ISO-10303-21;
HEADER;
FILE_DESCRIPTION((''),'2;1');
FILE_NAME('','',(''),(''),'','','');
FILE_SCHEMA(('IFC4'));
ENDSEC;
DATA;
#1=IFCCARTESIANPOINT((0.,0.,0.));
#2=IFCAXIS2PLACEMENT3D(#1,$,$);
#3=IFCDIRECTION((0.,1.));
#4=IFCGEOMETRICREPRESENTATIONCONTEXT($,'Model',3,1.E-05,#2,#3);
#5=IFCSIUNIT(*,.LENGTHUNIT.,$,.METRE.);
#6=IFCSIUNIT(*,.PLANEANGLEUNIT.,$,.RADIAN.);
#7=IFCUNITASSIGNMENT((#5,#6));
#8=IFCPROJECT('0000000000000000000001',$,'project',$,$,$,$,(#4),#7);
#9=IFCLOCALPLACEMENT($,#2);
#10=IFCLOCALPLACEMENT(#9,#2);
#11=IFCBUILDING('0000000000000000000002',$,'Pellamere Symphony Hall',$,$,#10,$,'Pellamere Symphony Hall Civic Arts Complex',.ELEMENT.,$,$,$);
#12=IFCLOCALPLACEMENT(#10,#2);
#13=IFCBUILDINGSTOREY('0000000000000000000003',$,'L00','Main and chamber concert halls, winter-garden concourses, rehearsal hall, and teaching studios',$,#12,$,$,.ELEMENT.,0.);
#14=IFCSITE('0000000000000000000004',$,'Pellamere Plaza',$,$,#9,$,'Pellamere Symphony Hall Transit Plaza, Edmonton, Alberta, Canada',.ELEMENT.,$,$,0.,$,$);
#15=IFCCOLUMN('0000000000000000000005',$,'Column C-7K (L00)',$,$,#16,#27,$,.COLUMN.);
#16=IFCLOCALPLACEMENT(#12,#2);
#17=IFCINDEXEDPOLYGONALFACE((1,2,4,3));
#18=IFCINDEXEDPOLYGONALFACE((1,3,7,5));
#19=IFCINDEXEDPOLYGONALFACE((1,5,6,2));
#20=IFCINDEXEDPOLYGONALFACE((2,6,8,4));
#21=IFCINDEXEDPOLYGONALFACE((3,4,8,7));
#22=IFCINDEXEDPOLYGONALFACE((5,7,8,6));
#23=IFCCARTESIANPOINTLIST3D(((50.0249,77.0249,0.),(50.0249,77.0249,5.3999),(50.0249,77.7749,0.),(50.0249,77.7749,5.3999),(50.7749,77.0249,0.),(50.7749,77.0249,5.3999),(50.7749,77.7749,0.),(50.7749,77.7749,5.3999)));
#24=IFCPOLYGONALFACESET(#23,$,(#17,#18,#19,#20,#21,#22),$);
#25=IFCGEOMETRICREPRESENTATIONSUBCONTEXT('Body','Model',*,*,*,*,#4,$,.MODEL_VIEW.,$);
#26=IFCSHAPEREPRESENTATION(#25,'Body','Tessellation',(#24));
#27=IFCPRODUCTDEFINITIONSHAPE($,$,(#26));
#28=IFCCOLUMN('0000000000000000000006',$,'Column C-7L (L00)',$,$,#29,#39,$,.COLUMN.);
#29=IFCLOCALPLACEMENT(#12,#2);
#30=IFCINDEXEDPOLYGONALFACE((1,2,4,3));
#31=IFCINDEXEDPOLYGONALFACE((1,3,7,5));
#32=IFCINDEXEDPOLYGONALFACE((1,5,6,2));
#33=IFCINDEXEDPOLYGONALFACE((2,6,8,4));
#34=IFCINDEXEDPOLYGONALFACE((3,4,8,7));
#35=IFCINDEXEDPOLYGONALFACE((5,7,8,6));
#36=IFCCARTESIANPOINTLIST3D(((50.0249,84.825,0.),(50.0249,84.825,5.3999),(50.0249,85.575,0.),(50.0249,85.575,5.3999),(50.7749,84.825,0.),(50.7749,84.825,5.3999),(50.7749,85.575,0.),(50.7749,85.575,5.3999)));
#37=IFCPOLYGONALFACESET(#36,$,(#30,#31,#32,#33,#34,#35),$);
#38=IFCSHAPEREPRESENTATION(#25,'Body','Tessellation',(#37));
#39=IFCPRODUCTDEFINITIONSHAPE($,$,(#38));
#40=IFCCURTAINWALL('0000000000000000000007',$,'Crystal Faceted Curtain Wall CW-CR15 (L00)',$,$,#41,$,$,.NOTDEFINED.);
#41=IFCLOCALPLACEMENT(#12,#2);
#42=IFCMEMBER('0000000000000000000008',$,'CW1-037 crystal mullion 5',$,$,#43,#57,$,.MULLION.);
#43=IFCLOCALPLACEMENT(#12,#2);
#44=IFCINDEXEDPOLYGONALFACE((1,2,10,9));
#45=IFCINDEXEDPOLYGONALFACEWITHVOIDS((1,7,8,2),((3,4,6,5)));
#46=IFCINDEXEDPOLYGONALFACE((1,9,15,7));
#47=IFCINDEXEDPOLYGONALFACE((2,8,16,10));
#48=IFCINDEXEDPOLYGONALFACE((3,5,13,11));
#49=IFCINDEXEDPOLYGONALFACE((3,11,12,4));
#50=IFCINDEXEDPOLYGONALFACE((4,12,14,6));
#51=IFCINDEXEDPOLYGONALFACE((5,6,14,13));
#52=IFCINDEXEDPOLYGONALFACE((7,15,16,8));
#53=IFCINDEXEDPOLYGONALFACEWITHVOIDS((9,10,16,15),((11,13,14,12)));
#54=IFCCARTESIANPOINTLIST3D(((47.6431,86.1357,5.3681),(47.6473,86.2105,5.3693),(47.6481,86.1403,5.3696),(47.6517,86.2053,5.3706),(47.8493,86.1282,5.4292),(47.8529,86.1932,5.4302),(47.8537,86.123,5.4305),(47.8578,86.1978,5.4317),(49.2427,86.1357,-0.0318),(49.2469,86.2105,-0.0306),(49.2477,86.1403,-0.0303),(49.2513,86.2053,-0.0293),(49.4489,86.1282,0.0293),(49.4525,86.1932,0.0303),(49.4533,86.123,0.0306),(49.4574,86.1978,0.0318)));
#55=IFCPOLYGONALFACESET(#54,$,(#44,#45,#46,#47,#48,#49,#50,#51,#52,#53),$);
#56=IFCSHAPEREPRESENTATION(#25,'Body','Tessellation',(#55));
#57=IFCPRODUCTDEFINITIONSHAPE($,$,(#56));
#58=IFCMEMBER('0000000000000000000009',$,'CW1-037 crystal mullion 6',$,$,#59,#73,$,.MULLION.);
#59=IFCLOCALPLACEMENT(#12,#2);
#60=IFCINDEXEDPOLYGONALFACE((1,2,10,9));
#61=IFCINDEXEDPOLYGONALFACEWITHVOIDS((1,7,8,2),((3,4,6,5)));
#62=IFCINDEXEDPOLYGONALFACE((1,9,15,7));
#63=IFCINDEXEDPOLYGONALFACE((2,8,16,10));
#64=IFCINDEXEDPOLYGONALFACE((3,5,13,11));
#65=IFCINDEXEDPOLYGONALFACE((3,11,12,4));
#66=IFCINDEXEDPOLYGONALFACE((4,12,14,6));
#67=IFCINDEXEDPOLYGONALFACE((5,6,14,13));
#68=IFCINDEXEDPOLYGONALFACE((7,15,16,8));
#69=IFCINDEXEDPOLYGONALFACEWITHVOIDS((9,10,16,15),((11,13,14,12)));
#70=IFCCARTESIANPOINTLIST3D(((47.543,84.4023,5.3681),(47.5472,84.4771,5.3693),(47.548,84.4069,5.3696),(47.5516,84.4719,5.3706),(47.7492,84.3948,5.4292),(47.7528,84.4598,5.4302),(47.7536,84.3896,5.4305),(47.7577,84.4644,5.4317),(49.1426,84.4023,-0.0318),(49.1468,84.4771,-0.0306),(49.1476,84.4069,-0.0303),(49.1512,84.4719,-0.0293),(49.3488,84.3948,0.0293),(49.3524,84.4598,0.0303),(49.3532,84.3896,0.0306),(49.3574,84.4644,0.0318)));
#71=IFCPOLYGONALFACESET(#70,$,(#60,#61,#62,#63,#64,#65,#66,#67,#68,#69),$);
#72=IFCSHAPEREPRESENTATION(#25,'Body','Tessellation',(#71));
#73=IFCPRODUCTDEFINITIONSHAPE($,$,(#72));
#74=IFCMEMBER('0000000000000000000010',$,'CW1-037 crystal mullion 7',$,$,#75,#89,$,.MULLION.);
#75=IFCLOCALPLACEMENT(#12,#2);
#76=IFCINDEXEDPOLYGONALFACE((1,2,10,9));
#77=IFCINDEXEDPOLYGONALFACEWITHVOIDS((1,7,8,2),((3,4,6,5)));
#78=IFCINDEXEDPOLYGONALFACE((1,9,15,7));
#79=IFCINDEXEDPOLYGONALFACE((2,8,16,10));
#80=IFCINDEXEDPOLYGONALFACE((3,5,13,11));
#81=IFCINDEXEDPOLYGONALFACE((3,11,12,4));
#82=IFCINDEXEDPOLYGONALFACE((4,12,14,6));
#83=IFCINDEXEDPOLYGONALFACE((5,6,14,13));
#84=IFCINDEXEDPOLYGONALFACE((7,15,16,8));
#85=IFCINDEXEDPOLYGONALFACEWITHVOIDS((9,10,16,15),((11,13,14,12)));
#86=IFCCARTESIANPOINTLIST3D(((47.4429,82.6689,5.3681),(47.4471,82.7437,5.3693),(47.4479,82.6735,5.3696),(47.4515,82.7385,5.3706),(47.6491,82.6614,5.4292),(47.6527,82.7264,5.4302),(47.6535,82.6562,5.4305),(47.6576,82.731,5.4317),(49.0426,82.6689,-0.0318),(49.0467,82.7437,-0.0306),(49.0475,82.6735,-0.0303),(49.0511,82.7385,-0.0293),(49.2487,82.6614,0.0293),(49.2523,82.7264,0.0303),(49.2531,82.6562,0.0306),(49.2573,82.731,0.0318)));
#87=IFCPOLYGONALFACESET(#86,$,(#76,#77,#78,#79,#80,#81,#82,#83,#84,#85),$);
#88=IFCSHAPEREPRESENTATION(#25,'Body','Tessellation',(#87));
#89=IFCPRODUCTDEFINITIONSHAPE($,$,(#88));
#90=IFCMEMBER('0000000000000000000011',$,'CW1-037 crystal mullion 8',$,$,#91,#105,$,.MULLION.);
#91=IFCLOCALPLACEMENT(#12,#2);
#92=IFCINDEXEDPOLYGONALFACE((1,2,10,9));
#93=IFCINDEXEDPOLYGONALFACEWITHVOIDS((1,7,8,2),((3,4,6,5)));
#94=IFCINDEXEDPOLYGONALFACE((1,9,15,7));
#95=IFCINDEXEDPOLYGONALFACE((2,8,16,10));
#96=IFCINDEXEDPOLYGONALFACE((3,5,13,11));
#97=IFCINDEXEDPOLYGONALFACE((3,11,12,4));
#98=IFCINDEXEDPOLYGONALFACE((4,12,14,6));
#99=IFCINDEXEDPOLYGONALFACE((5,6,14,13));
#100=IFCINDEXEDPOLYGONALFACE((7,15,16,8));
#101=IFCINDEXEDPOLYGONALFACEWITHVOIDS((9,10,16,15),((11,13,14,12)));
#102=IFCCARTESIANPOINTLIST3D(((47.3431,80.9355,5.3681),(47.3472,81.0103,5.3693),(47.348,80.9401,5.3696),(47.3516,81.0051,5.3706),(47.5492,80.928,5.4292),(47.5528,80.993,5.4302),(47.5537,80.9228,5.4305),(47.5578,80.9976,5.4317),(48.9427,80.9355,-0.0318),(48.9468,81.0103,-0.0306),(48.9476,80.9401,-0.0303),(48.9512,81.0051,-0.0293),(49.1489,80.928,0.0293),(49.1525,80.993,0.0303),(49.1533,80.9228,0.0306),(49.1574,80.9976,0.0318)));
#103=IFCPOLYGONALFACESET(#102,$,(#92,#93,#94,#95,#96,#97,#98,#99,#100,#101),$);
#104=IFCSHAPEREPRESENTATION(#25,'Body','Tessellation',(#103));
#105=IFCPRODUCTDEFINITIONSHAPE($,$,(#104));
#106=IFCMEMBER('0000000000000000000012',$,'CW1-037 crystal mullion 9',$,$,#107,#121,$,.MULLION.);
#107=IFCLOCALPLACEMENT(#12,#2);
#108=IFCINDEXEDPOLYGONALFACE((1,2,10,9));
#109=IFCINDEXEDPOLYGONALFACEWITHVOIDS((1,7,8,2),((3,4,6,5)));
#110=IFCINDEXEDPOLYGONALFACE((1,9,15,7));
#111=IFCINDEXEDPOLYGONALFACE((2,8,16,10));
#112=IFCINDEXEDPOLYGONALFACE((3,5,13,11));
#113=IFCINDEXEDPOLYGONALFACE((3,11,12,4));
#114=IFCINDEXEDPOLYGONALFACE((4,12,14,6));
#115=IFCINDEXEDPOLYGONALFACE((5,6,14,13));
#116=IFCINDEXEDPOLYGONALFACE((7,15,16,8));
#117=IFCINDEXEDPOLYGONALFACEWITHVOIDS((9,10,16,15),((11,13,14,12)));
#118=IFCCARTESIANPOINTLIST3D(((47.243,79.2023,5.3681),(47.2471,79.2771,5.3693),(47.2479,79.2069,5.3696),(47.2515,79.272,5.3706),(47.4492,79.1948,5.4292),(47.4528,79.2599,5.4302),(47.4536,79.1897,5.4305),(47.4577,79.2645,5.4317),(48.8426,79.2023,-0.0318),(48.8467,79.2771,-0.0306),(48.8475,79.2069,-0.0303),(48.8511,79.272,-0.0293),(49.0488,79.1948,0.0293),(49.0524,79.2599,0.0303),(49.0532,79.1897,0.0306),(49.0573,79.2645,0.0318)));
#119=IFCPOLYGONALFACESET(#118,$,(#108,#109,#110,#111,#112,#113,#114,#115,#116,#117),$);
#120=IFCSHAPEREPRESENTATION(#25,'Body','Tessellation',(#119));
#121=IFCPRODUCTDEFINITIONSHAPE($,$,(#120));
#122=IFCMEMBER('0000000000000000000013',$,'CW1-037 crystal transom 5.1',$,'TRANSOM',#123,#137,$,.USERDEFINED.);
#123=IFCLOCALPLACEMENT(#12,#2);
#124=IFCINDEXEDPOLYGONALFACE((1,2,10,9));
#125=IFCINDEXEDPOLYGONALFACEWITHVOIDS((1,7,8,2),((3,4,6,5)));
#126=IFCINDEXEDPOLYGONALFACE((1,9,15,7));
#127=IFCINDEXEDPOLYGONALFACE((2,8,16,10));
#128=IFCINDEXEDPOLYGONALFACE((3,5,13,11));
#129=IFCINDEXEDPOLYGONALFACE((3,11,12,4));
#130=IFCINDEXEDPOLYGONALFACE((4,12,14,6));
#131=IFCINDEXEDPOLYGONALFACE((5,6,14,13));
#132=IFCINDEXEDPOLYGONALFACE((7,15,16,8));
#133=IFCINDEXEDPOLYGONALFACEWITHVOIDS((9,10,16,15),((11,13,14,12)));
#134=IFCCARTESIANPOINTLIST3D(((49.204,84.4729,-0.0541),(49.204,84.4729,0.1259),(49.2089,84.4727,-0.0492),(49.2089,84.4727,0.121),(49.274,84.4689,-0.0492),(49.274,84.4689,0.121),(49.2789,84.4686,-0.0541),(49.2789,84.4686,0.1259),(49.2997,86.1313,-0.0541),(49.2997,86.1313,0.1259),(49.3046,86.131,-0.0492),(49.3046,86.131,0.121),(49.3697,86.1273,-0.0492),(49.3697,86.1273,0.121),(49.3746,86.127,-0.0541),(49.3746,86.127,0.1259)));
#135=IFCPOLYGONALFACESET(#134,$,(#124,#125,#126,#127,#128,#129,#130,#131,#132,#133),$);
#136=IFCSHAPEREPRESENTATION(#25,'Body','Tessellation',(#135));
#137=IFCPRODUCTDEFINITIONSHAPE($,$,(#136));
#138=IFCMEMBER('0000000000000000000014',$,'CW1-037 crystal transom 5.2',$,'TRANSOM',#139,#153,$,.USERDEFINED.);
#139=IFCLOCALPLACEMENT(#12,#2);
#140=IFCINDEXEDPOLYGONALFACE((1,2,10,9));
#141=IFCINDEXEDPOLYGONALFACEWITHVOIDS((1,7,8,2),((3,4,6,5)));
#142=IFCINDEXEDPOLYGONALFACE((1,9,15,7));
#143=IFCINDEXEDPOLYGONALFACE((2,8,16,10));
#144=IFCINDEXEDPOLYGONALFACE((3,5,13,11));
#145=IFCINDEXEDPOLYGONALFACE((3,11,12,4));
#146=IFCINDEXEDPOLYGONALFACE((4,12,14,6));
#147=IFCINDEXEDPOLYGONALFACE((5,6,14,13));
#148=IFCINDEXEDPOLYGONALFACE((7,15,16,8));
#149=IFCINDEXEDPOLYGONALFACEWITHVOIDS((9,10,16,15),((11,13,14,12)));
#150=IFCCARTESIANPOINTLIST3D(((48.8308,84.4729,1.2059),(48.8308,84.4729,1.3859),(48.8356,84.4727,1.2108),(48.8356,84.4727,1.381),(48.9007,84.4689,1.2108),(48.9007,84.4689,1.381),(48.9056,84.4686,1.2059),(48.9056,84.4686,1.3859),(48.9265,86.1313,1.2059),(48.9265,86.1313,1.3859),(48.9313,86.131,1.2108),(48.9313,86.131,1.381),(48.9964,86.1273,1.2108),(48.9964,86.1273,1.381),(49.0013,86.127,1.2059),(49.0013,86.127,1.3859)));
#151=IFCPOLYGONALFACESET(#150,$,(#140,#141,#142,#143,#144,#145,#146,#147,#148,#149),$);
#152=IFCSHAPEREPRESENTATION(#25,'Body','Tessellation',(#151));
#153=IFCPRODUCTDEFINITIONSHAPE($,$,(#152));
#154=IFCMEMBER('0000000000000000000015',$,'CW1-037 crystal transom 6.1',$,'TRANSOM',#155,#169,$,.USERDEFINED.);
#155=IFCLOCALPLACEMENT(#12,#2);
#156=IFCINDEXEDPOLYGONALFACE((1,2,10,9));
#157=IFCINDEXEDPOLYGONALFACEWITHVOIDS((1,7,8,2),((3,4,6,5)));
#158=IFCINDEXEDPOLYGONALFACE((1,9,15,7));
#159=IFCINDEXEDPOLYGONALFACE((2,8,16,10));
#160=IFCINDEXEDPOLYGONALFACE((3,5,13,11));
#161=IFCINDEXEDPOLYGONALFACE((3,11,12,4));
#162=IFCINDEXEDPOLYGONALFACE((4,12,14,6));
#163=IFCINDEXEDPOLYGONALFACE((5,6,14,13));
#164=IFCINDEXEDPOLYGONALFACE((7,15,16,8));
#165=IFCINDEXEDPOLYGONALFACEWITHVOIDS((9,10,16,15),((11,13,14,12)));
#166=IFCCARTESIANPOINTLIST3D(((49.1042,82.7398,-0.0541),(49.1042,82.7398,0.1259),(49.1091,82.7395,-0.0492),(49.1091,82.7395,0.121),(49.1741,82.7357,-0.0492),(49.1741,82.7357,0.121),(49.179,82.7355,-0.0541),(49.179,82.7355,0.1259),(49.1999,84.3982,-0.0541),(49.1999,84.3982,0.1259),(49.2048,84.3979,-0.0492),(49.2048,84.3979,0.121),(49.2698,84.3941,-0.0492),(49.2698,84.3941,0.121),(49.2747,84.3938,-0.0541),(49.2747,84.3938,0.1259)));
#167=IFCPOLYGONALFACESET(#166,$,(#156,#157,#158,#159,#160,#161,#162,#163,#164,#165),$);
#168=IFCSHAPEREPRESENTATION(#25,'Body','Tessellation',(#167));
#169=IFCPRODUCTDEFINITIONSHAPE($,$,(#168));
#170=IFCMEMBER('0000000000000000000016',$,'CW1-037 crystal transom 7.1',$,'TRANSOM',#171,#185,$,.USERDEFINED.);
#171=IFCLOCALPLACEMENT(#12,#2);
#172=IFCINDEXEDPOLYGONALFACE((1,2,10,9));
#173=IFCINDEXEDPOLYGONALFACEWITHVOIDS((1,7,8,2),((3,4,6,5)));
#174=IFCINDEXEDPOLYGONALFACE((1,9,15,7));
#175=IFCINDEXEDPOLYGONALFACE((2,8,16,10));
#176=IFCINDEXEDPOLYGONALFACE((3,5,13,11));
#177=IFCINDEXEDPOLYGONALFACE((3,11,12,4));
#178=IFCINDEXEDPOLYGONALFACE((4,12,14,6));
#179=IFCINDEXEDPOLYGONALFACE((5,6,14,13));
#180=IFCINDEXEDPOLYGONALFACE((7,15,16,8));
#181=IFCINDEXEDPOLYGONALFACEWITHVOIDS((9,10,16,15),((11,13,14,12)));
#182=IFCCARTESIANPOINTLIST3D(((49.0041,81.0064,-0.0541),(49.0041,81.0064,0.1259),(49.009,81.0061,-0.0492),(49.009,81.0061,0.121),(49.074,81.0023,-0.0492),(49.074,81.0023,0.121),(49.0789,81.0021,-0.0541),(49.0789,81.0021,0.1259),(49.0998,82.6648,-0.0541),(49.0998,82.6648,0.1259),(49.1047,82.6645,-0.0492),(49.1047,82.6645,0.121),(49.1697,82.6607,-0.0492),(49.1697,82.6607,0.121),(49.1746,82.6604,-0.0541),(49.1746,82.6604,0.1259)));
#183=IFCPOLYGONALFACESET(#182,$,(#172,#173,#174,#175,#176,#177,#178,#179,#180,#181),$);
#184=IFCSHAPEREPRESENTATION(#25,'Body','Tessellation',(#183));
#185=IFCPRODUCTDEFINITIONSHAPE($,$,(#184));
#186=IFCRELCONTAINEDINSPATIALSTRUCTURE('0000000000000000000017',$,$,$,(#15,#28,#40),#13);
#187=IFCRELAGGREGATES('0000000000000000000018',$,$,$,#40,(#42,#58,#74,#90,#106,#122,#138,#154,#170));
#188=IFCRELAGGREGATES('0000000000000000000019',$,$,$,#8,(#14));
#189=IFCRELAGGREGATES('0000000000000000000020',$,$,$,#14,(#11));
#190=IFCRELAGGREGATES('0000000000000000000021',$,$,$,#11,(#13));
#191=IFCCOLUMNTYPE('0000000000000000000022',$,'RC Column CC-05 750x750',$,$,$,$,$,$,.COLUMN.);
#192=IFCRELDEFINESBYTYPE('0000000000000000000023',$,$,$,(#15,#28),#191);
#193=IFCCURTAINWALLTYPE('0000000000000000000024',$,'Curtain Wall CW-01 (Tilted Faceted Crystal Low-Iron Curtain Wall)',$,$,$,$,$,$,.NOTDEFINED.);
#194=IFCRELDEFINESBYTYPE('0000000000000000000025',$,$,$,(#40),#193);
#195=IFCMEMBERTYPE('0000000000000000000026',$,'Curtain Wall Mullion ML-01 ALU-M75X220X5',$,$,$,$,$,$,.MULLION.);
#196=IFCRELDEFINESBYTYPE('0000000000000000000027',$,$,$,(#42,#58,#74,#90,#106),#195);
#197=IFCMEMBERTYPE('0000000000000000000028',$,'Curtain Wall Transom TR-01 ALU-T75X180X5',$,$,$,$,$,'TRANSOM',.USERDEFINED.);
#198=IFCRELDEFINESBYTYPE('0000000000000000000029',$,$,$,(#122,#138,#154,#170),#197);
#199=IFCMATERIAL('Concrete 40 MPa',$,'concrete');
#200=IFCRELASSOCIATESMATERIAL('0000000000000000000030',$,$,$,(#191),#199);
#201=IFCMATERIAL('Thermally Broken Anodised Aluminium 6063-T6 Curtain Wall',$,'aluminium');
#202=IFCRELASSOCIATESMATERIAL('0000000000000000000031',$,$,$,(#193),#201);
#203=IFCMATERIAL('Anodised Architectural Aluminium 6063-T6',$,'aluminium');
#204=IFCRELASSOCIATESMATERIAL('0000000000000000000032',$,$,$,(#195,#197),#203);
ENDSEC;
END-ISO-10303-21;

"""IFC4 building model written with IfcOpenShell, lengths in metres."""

from ifc_helpers import new_model, si_unit, direction, frame, origin, origin_2d, place, context, subcontext, project, spatial, rectangle, hollow_rectangle, extrude, material, material_profile, profile_set, type_object, element, aggregate, save


model = new_model("IFC4")

# Units and contexts
model_context = context("Model", 3, precision=1e-05, world=origin(), true_north=direction((0.0, 1.0)))
body_context = subcontext(model_context, "Body", "Model", "MODEL_VIEW")
ifc_project = project(units=[si_unit("LENGTHUNIT", "METRE"), si_unit("PLANEANGLEUNIT", "RADIAN")], contexts=[model_context])

# Site, building, storey
site_placement = place(None, origin())
site = spatial("IfcSite", under=ifc_project, at=site_placement, Name="Pellamere Plaza", LongName="Pellamere Symphony Hall Transit Plaza, Edmonton, Alberta, Canada", CompositionType="ELEMENT", RefElevation=0.0)
building_placement = place(site_placement, origin())
building = spatial("IfcBuilding", under=site, at=building_placement, Name="Pellamere Symphony Hall", LongName="Pellamere Symphony Hall Civic Arts Complex", CompositionType="ELEMENT")
storey_placement = place(building_placement, origin())
storey = spatial("IfcBuildingStorey", under=building, at=storey_placement, Name="L00", Description="Main and chamber concert halls, winter-garden concourses, rehearsal hall, and teaching studios", CompositionType="ELEMENT", Elevation=0.0)

# Columns
ifc_material_1 = material(Name="Concrete 40 MPa", Category="concrete")
ifc_material_profile_1 = material_profile(ifc_material_1, rectangle(XDim=0.75, YDim=0.75, at=origin_2d()), Name="RC 750x750")
ifc_profile_set_1 = profile_set([ifc_material_profile_1], Name="Concrete 40 MPa")
column_type = type_object("IfcColumnType", Name="RC Column CC-05 750x750", PredefinedType="COLUMN", material=ifc_profile_set_1)
for number, where, z_axis, x_axis, name in (
    (1, (50.3999, 77.3999, 0.0), (0.0, 0.0, 1.0), (1.0, 0.0, 0.0), "Column C-7K (L00)"),
    (2, (50.3999, 85.2, 0.0), (0.0, 0.0, 1.0), (1.0, 0.0, 0.0), "Column C-7L (L00)"),
):
    element("IfcColumn", number, at=place(storey_placement, frame(where, z_axis=z_axis, x_axis=x_axis)), inside=storey, type_object=column_type, Name=name, PredefinedType="COLUMN", context=body_context, shape_type="SweptSolid", body=[
        extrude(rectangle(XDim=0.75, YDim=0.75, at=origin_2d()), origin(), (0.0, 0.0, 1.0), 5.3999),
    ])

# Curtain wall, members
ifc_material_2 = material(Name="Thermally Broken Anodised Aluminium 6063-T6 Curtain Wall", Category="aluminium")
curtain_wall_type = type_object("IfcCurtainWallType", Name="Curtain Wall CW-01 (Tilted Faceted Crystal Low-Iron Curtain Wall)", PredefinedType="NOTDEFINED", material=ifc_material_2)
curtain_wall_1_placement = place(storey_placement, origin())
curtain_wall_1 = element("IfcCurtainWall", 3, at=curtain_wall_1_placement, inside=storey, type_object=curtain_wall_type, Name="Crystal Faceted Curtain Wall CW-CR15 (L00)", PredefinedType="NOTDEFINED")
ifc_material_3 = material(Name="Anodised Architectural Aluminium 6063-T6", Category="aluminium")
ifc_material_profile_2 = material_profile(ifc_material_3, hollow_rectangle(XDim=0.075, YDim=0.22, WallThickness=0.0049, at=origin_2d()), Name="ALU-M75X220X5")
ifc_profile_set_2 = profile_set([ifc_material_profile_2], Name="Anodised Architectural Aluminium 6063-T6")
member_type_1 = type_object("IfcMemberType", Name="Curtain Wall Mullion ML-01 ALU-M75X220X5", PredefinedType="MULLION", material=ifc_profile_set_2)
member_1_placement = place(storey_placement, frame((49.3501, 86.1667, 0.0), z_axis=(-0.284029, 0.0, 0.958816), x_axis=(-0.055224, -0.99834, -0.016359)))
member_1 = element("IfcMember", 4, at=member_1_placement, type_object=member_type_1, Name="CW1-037 crystal mullion 5", PredefinedType="MULLION", context=body_context, shape_type="SweptSolid", body=[
    extrude(hollow_rectangle(XDim=0.075, YDim=0.22, WallThickness=0.0049, at=origin_2d()), origin(), (0.0, 0.0, 1.0), 5.6318),
])
member_2_placement = place(storey_placement, frame((49.25, 84.4333, 0.0), z_axis=(-0.284029, 0.0, 0.958816), x_axis=(-0.055224, -0.99834, -0.016359)))
member_2 = element("IfcMember", 5, at=member_2_placement, type_object=member_type_1, Name="CW1-037 crystal mullion 6", PredefinedType="MULLION", context=body_context, shape_type="SweptSolid", body=[
    extrude(hollow_rectangle(XDim=0.075, YDim=0.22, WallThickness=0.0049, at=origin_2d()), origin(), (0.0, 0.0, 1.0), 5.6318),
])
member_3_placement = place(storey_placement, frame((49.1499, 82.7, 0.0), z_axis=(-0.284029, 0.0, 0.958816), x_axis=(-0.055224, -0.99834, -0.016359)))
member_3 = element("IfcMember", 6, at=member_3_placement, type_object=member_type_1, Name="CW1-037 crystal mullion 7", PredefinedType="MULLION", context=body_context, shape_type="SweptSolid", body=[
    extrude(hollow_rectangle(XDim=0.075, YDim=0.22, WallThickness=0.0049, at=origin_2d()), origin(), (0.0, 0.0, 1.0), 5.6318),
])
member_4_placement = place(storey_placement, frame((49.05, 80.9666, 0.0), z_axis=(-0.284029, 0.0, 0.958816), x_axis=(-0.055224, -0.99834, -0.016359)))
member_4 = element("IfcMember", 7, at=member_4_placement, type_object=member_type_1, Name="CW1-037 crystal mullion 8", PredefinedType="MULLION", context=body_context, shape_type="SweptSolid", body=[
    extrude(hollow_rectangle(XDim=0.075, YDim=0.22, WallThickness=0.0049, at=origin_2d()), origin(), (0.0, 0.0, 1.0), 5.6318),
])
member_5_placement = place(storey_placement, frame((48.95, 79.2334, 0.0), z_axis=(-0.284029, 0.0, 0.958816), x_axis=(-0.055224, -0.99834, -0.016359)))
member_5 = element("IfcMember", 8, at=member_5_placement, type_object=member_type_1, Name="CW1-037 crystal mullion 9", PredefinedType="MULLION", context=body_context, shape_type="SweptSolid", body=[
    extrude(hollow_rectangle(XDim=0.075, YDim=0.22, WallThickness=0.0049, at=origin_2d()), origin(), (0.0, 0.0, 1.0), 5.6318),
])
ifc_material_profile_3 = material_profile(ifc_material_3, hollow_rectangle(XDim=0.075, YDim=0.1799, WallThickness=0.0049, at=origin_2d()), Name="ALU-T75X180X5")
ifc_profile_set_3 = profile_set([ifc_material_profile_3], Name="Anodised Architectural Aluminium 6063-T6")
member_type_2 = type_object("IfcMemberType", Name="Curtain Wall Transom TR-01 ALU-T75X180X5", ElementType="TRANSOM", PredefinedType="USERDEFINED", material=ifc_profile_set_3)
member_6_placement = place(storey_placement, frame((49.3372, 86.1292, 0.0359), z_axis=(-0.057611, -0.998339, 0.0), x_axis=(0.998339, -0.057611, 0.0)))
member_6 = element("IfcMember", 9, at=member_6_placement, type_object=member_type_2, Name="CW1-037 crystal transom 5.1", ObjectType="TRANSOM", PredefinedType="USERDEFINED", context=body_context, shape_type="SweptSolid", body=[
    extrude(hollow_rectangle(XDim=0.075, YDim=0.1799, WallThickness=0.0049, at=origin_2d()), origin(), (0.0, 0.0, 1.0), 1.6611),
])
member_7_placement = place(storey_placement, frame((48.9639, 86.1292, 1.2959), z_axis=(-0.057611, -0.998339, 0.0), x_axis=(0.998339, -0.057611, 0.0)))
member_7 = element("IfcMember", 10, at=member_7_placement, type_object=member_type_2, Name="CW1-037 crystal transom 5.2", ObjectType="TRANSOM", PredefinedType="USERDEFINED", context=body_context, shape_type="SweptSolid", body=[
    extrude(hollow_rectangle(XDim=0.075, YDim=0.1799, WallThickness=0.0049, at=origin_2d()), origin(), (0.0, 0.0, 1.0), 1.6611),
])
member_8_placement = place(storey_placement, frame((49.2373, 84.396, 0.0359), z_axis=(-0.057611, -0.998339, 0.0), x_axis=(0.998339, -0.057611, 0.0)))
member_8 = element("IfcMember", 11, at=member_8_placement, type_object=member_type_2, Name="CW1-037 crystal transom 6.1", ObjectType="TRANSOM", PredefinedType="USERDEFINED", context=body_context, shape_type="SweptSolid", body=[
    extrude(hollow_rectangle(XDim=0.075, YDim=0.1799, WallThickness=0.0049, at=origin_2d()), origin(), (0.0, 0.0, 1.0), 1.6611),
])
member_9_placement = place(storey_placement, frame((49.1372, 82.6626, 0.0359), z_axis=(-0.057611, -0.998339, 0.0), x_axis=(0.998339, -0.057611, 0.0)))
member_9 = element("IfcMember", 12, at=member_9_placement, type_object=member_type_2, Name="CW1-037 crystal transom 7.1", ObjectType="TRANSOM", PredefinedType="USERDEFINED", context=body_context, shape_type="SweptSolid", body=[
    extrude(hollow_rectangle(XDim=0.075, YDim=0.1799, WallThickness=0.0049, at=origin_2d()), origin(), (0.0, 0.0, 1.0), 1.6611),
])

aggregate(curtain_wall_1, [member_1, member_2, member_3, member_4, member_5, member_6, member_7, member_8, member_9])

save(model, "model.ifc")
